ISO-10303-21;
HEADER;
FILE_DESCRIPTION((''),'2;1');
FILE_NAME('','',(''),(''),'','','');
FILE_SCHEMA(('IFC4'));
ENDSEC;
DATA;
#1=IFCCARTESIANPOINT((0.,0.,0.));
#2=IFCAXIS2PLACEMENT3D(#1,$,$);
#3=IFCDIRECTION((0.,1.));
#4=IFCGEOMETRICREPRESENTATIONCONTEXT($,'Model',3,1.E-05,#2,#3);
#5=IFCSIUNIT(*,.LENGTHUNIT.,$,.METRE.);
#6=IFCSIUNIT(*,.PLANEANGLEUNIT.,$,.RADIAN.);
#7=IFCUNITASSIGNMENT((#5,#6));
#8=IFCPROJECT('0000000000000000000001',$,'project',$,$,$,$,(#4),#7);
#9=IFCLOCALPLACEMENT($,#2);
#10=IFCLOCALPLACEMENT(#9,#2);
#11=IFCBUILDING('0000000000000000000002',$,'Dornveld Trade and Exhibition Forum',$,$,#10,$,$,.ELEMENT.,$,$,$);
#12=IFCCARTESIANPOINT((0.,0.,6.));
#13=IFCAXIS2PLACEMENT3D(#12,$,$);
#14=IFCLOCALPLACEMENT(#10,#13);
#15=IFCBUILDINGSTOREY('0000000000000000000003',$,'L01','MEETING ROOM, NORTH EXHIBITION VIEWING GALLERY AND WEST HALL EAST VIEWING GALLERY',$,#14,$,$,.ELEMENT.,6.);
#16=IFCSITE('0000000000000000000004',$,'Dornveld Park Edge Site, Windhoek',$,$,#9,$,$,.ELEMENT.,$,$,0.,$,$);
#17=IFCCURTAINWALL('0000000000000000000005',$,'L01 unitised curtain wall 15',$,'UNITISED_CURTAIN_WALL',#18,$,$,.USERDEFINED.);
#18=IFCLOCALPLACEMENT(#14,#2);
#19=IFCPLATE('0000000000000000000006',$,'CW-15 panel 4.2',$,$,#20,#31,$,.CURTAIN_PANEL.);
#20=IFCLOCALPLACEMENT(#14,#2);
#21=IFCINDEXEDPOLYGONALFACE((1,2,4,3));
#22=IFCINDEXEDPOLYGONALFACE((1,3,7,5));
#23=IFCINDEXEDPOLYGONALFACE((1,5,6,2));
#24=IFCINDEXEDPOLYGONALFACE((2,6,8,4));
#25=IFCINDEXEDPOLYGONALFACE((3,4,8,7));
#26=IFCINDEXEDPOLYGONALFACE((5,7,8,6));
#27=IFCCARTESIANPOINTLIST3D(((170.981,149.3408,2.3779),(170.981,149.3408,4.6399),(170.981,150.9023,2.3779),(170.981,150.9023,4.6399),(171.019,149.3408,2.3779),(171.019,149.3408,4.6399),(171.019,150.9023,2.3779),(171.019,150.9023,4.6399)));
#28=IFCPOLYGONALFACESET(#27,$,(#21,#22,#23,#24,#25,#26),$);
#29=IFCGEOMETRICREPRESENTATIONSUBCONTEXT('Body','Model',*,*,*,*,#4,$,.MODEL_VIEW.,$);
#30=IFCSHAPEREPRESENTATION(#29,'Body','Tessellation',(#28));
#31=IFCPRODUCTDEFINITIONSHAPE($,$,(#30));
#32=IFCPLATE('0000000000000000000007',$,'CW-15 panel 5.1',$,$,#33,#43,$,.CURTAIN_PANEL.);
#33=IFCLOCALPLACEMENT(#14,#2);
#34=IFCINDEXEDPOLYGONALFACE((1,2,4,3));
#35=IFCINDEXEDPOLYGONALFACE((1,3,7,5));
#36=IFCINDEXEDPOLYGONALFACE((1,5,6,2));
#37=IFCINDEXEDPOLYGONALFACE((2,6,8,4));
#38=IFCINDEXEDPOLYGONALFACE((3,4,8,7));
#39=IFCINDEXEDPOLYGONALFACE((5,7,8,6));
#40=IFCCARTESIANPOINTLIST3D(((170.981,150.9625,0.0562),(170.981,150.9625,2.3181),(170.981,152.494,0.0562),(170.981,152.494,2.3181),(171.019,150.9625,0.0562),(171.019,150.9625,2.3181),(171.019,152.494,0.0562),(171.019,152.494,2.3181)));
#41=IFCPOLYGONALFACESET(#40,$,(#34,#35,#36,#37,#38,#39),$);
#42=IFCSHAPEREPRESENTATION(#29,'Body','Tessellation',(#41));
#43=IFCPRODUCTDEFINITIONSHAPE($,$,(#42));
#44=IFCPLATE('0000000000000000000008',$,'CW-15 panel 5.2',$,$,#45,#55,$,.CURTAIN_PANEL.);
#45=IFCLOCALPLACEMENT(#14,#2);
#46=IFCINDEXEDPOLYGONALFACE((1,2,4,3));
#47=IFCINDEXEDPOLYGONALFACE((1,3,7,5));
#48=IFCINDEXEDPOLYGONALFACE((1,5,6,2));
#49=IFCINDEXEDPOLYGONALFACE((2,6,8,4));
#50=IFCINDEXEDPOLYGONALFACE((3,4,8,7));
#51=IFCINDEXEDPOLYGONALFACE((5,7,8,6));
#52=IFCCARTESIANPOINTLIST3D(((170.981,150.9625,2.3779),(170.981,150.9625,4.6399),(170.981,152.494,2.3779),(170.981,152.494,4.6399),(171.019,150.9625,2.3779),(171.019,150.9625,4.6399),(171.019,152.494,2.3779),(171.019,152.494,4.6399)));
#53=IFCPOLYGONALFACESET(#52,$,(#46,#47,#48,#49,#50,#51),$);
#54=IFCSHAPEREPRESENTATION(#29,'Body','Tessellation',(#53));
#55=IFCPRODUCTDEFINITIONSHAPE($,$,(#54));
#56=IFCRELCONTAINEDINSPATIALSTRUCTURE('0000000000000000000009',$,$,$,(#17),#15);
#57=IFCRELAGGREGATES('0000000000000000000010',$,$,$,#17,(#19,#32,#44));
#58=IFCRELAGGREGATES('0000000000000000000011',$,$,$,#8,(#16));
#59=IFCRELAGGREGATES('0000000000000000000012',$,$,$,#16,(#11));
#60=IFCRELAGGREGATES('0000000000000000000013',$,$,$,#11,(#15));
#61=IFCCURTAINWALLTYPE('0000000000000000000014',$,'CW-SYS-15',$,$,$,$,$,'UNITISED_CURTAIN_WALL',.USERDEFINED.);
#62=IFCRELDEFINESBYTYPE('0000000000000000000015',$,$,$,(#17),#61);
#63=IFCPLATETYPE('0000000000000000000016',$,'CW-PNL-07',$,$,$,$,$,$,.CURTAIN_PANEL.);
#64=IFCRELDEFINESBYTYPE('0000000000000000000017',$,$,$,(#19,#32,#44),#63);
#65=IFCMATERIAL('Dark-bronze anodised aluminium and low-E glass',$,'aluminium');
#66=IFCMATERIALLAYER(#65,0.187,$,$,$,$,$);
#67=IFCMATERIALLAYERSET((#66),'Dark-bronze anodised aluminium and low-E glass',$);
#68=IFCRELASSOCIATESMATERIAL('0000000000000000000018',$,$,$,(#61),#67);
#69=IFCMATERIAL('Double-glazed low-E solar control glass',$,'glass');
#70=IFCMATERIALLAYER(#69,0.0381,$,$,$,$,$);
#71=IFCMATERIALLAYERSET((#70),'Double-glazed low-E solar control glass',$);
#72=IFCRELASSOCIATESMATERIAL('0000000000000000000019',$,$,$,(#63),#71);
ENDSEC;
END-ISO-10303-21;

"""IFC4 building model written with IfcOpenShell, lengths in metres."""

from ifc_helpers import new_model, si_unit, direction, frame, origin, origin_2d, place, context, subcontext, project, spatial, rectangle, extrude, material, layer, layer_set, type_object, element, aggregate, save


model = new_model("IFC4")

# Units and contexts
model_context = context("Model", 3, precision=1e-05, world=origin(), true_north=direction((0.0, 1.0)))
body_context = subcontext(model_context, "Body", "Model", "MODEL_VIEW")
ifc_project = project(units=[si_unit("LENGTHUNIT", "METRE"), si_unit("PLANEANGLEUNIT", "RADIAN")], contexts=[model_context])

# Site, building, storey
site_placement = place(None, origin())
site = spatial("IfcSite", under=ifc_project, at=site_placement, Name="Dornveld Park Edge Site, Windhoek", CompositionType="ELEMENT", RefElevation=0.0)
building_placement = place(site_placement, origin())
building = spatial("IfcBuilding", under=site, at=building_placement, Name="Dornveld Trade and Exhibition Forum", CompositionType="ELEMENT")
storey_placement = place(building_placement, frame((0.0, 0.0, 6.0)))
storey = spatial("IfcBuildingStorey", under=building, at=storey_placement, Name="L01", Description="MEETING ROOM, NORTH EXHIBITION VIEWING GALLERY AND WEST HALL EAST VIEWING GALLERY", CompositionType="ELEMENT", Elevation=6.0)

# Curtain wall
ifc_material_1 = material(Name="Dark-bronze anodised aluminium and low-E glass", Category="aluminium")
ifc_layer_1 = layer(ifc_material_1, 0.187)
ifc_layer_set_1 = layer_set([ifc_layer_1], Name="Dark-bronze anodised aluminium and low-E glass")
curtain_wall_type_1 = type_object("IfcCurtainWallType", Name="CW-SYS-15", ElementType="UNITISED_CURTAIN_WALL", PredefinedType="USERDEFINED", material=ifc_layer_set_1)
curtain_wall_1_placement = place(storey_placement, origin())
curtain_wall_1 = element("IfcCurtainWall", 1, at=curtain_wall_1_placement, inside=storey, type_object=curtain_wall_type_1, Name="L01 unitised curtain wall 15", ObjectType="UNITISED_CURTAIN_WALL", PredefinedType="USERDEFINED")

# Plates
ifc_material_2 = material(Name="Double-glazed low-E solar control glass", Category="glass")
ifc_layer_2 = layer(ifc_material_2, 0.0381)
ifc_layer_set_2 = layer_set([ifc_layer_2], Name="Double-glazed low-E solar control glass")
plate_type = type_object("IfcPlateType", Name="CW-PNL-07", PredefinedType="CURTAIN_PANEL", material=ifc_layer_set_2)
plate_1_placement = place(storey_placement, frame((171.0, 150.1216, 2.3779), z_axis=(0.0, 0.0, 1.0), x_axis=(0.0, 1.0, 0.0)))
plate_1 = element("IfcPlate", 2, at=plate_1_placement, type_object=plate_type, Name="CW-15 panel 4.2", PredefinedType="CURTAIN_PANEL", context=body_context, shape_type="SweptSolid", body=[
    extrude(rectangle(XDim=1.5615, YDim=0.0381, at=origin_2d()), origin(), (0.0, 0.0, 1.0), 2.262),
])
plate_2_placement = place(storey_placement, frame((171.0, 151.7283, 0.0562), z_axis=(0.0, 0.0, 1.0), x_axis=(0.0, 1.0, 0.0)))
plate_2 = element("IfcPlate", 3, at=plate_2_placement, type_object=plate_type, Name="CW-15 panel 5.1", PredefinedType="CURTAIN_PANEL", context=body_context, shape_type="SweptSolid", body=[
    extrude(rectangle(XDim=1.5315, YDim=0.0381, at=origin_2d()), origin(), (0.0, 0.0, 1.0), 2.262),
])
plate_3_placement = place(storey_placement, frame((171.0, 151.7283, 2.3779), z_axis=(0.0, 0.0, 1.0), x_axis=(0.0, 1.0, 0.0)))
plate_3 = element("IfcPlate", 4, at=plate_3_placement, type_object=plate_type, Name="CW-15 panel 5.2", PredefinedType="CURTAIN_PANEL", context=body_context, shape_type="SweptSolid", body=[
    extrude(rectangle(XDim=1.5315, YDim=0.0381, at=origin_2d()), origin(), (0.0, 0.0, 1.0), 2.262),
])
aggregate(curtain_wall_1, [plate_1, plate_2, plate_3])

save(model, "model.ifc")
